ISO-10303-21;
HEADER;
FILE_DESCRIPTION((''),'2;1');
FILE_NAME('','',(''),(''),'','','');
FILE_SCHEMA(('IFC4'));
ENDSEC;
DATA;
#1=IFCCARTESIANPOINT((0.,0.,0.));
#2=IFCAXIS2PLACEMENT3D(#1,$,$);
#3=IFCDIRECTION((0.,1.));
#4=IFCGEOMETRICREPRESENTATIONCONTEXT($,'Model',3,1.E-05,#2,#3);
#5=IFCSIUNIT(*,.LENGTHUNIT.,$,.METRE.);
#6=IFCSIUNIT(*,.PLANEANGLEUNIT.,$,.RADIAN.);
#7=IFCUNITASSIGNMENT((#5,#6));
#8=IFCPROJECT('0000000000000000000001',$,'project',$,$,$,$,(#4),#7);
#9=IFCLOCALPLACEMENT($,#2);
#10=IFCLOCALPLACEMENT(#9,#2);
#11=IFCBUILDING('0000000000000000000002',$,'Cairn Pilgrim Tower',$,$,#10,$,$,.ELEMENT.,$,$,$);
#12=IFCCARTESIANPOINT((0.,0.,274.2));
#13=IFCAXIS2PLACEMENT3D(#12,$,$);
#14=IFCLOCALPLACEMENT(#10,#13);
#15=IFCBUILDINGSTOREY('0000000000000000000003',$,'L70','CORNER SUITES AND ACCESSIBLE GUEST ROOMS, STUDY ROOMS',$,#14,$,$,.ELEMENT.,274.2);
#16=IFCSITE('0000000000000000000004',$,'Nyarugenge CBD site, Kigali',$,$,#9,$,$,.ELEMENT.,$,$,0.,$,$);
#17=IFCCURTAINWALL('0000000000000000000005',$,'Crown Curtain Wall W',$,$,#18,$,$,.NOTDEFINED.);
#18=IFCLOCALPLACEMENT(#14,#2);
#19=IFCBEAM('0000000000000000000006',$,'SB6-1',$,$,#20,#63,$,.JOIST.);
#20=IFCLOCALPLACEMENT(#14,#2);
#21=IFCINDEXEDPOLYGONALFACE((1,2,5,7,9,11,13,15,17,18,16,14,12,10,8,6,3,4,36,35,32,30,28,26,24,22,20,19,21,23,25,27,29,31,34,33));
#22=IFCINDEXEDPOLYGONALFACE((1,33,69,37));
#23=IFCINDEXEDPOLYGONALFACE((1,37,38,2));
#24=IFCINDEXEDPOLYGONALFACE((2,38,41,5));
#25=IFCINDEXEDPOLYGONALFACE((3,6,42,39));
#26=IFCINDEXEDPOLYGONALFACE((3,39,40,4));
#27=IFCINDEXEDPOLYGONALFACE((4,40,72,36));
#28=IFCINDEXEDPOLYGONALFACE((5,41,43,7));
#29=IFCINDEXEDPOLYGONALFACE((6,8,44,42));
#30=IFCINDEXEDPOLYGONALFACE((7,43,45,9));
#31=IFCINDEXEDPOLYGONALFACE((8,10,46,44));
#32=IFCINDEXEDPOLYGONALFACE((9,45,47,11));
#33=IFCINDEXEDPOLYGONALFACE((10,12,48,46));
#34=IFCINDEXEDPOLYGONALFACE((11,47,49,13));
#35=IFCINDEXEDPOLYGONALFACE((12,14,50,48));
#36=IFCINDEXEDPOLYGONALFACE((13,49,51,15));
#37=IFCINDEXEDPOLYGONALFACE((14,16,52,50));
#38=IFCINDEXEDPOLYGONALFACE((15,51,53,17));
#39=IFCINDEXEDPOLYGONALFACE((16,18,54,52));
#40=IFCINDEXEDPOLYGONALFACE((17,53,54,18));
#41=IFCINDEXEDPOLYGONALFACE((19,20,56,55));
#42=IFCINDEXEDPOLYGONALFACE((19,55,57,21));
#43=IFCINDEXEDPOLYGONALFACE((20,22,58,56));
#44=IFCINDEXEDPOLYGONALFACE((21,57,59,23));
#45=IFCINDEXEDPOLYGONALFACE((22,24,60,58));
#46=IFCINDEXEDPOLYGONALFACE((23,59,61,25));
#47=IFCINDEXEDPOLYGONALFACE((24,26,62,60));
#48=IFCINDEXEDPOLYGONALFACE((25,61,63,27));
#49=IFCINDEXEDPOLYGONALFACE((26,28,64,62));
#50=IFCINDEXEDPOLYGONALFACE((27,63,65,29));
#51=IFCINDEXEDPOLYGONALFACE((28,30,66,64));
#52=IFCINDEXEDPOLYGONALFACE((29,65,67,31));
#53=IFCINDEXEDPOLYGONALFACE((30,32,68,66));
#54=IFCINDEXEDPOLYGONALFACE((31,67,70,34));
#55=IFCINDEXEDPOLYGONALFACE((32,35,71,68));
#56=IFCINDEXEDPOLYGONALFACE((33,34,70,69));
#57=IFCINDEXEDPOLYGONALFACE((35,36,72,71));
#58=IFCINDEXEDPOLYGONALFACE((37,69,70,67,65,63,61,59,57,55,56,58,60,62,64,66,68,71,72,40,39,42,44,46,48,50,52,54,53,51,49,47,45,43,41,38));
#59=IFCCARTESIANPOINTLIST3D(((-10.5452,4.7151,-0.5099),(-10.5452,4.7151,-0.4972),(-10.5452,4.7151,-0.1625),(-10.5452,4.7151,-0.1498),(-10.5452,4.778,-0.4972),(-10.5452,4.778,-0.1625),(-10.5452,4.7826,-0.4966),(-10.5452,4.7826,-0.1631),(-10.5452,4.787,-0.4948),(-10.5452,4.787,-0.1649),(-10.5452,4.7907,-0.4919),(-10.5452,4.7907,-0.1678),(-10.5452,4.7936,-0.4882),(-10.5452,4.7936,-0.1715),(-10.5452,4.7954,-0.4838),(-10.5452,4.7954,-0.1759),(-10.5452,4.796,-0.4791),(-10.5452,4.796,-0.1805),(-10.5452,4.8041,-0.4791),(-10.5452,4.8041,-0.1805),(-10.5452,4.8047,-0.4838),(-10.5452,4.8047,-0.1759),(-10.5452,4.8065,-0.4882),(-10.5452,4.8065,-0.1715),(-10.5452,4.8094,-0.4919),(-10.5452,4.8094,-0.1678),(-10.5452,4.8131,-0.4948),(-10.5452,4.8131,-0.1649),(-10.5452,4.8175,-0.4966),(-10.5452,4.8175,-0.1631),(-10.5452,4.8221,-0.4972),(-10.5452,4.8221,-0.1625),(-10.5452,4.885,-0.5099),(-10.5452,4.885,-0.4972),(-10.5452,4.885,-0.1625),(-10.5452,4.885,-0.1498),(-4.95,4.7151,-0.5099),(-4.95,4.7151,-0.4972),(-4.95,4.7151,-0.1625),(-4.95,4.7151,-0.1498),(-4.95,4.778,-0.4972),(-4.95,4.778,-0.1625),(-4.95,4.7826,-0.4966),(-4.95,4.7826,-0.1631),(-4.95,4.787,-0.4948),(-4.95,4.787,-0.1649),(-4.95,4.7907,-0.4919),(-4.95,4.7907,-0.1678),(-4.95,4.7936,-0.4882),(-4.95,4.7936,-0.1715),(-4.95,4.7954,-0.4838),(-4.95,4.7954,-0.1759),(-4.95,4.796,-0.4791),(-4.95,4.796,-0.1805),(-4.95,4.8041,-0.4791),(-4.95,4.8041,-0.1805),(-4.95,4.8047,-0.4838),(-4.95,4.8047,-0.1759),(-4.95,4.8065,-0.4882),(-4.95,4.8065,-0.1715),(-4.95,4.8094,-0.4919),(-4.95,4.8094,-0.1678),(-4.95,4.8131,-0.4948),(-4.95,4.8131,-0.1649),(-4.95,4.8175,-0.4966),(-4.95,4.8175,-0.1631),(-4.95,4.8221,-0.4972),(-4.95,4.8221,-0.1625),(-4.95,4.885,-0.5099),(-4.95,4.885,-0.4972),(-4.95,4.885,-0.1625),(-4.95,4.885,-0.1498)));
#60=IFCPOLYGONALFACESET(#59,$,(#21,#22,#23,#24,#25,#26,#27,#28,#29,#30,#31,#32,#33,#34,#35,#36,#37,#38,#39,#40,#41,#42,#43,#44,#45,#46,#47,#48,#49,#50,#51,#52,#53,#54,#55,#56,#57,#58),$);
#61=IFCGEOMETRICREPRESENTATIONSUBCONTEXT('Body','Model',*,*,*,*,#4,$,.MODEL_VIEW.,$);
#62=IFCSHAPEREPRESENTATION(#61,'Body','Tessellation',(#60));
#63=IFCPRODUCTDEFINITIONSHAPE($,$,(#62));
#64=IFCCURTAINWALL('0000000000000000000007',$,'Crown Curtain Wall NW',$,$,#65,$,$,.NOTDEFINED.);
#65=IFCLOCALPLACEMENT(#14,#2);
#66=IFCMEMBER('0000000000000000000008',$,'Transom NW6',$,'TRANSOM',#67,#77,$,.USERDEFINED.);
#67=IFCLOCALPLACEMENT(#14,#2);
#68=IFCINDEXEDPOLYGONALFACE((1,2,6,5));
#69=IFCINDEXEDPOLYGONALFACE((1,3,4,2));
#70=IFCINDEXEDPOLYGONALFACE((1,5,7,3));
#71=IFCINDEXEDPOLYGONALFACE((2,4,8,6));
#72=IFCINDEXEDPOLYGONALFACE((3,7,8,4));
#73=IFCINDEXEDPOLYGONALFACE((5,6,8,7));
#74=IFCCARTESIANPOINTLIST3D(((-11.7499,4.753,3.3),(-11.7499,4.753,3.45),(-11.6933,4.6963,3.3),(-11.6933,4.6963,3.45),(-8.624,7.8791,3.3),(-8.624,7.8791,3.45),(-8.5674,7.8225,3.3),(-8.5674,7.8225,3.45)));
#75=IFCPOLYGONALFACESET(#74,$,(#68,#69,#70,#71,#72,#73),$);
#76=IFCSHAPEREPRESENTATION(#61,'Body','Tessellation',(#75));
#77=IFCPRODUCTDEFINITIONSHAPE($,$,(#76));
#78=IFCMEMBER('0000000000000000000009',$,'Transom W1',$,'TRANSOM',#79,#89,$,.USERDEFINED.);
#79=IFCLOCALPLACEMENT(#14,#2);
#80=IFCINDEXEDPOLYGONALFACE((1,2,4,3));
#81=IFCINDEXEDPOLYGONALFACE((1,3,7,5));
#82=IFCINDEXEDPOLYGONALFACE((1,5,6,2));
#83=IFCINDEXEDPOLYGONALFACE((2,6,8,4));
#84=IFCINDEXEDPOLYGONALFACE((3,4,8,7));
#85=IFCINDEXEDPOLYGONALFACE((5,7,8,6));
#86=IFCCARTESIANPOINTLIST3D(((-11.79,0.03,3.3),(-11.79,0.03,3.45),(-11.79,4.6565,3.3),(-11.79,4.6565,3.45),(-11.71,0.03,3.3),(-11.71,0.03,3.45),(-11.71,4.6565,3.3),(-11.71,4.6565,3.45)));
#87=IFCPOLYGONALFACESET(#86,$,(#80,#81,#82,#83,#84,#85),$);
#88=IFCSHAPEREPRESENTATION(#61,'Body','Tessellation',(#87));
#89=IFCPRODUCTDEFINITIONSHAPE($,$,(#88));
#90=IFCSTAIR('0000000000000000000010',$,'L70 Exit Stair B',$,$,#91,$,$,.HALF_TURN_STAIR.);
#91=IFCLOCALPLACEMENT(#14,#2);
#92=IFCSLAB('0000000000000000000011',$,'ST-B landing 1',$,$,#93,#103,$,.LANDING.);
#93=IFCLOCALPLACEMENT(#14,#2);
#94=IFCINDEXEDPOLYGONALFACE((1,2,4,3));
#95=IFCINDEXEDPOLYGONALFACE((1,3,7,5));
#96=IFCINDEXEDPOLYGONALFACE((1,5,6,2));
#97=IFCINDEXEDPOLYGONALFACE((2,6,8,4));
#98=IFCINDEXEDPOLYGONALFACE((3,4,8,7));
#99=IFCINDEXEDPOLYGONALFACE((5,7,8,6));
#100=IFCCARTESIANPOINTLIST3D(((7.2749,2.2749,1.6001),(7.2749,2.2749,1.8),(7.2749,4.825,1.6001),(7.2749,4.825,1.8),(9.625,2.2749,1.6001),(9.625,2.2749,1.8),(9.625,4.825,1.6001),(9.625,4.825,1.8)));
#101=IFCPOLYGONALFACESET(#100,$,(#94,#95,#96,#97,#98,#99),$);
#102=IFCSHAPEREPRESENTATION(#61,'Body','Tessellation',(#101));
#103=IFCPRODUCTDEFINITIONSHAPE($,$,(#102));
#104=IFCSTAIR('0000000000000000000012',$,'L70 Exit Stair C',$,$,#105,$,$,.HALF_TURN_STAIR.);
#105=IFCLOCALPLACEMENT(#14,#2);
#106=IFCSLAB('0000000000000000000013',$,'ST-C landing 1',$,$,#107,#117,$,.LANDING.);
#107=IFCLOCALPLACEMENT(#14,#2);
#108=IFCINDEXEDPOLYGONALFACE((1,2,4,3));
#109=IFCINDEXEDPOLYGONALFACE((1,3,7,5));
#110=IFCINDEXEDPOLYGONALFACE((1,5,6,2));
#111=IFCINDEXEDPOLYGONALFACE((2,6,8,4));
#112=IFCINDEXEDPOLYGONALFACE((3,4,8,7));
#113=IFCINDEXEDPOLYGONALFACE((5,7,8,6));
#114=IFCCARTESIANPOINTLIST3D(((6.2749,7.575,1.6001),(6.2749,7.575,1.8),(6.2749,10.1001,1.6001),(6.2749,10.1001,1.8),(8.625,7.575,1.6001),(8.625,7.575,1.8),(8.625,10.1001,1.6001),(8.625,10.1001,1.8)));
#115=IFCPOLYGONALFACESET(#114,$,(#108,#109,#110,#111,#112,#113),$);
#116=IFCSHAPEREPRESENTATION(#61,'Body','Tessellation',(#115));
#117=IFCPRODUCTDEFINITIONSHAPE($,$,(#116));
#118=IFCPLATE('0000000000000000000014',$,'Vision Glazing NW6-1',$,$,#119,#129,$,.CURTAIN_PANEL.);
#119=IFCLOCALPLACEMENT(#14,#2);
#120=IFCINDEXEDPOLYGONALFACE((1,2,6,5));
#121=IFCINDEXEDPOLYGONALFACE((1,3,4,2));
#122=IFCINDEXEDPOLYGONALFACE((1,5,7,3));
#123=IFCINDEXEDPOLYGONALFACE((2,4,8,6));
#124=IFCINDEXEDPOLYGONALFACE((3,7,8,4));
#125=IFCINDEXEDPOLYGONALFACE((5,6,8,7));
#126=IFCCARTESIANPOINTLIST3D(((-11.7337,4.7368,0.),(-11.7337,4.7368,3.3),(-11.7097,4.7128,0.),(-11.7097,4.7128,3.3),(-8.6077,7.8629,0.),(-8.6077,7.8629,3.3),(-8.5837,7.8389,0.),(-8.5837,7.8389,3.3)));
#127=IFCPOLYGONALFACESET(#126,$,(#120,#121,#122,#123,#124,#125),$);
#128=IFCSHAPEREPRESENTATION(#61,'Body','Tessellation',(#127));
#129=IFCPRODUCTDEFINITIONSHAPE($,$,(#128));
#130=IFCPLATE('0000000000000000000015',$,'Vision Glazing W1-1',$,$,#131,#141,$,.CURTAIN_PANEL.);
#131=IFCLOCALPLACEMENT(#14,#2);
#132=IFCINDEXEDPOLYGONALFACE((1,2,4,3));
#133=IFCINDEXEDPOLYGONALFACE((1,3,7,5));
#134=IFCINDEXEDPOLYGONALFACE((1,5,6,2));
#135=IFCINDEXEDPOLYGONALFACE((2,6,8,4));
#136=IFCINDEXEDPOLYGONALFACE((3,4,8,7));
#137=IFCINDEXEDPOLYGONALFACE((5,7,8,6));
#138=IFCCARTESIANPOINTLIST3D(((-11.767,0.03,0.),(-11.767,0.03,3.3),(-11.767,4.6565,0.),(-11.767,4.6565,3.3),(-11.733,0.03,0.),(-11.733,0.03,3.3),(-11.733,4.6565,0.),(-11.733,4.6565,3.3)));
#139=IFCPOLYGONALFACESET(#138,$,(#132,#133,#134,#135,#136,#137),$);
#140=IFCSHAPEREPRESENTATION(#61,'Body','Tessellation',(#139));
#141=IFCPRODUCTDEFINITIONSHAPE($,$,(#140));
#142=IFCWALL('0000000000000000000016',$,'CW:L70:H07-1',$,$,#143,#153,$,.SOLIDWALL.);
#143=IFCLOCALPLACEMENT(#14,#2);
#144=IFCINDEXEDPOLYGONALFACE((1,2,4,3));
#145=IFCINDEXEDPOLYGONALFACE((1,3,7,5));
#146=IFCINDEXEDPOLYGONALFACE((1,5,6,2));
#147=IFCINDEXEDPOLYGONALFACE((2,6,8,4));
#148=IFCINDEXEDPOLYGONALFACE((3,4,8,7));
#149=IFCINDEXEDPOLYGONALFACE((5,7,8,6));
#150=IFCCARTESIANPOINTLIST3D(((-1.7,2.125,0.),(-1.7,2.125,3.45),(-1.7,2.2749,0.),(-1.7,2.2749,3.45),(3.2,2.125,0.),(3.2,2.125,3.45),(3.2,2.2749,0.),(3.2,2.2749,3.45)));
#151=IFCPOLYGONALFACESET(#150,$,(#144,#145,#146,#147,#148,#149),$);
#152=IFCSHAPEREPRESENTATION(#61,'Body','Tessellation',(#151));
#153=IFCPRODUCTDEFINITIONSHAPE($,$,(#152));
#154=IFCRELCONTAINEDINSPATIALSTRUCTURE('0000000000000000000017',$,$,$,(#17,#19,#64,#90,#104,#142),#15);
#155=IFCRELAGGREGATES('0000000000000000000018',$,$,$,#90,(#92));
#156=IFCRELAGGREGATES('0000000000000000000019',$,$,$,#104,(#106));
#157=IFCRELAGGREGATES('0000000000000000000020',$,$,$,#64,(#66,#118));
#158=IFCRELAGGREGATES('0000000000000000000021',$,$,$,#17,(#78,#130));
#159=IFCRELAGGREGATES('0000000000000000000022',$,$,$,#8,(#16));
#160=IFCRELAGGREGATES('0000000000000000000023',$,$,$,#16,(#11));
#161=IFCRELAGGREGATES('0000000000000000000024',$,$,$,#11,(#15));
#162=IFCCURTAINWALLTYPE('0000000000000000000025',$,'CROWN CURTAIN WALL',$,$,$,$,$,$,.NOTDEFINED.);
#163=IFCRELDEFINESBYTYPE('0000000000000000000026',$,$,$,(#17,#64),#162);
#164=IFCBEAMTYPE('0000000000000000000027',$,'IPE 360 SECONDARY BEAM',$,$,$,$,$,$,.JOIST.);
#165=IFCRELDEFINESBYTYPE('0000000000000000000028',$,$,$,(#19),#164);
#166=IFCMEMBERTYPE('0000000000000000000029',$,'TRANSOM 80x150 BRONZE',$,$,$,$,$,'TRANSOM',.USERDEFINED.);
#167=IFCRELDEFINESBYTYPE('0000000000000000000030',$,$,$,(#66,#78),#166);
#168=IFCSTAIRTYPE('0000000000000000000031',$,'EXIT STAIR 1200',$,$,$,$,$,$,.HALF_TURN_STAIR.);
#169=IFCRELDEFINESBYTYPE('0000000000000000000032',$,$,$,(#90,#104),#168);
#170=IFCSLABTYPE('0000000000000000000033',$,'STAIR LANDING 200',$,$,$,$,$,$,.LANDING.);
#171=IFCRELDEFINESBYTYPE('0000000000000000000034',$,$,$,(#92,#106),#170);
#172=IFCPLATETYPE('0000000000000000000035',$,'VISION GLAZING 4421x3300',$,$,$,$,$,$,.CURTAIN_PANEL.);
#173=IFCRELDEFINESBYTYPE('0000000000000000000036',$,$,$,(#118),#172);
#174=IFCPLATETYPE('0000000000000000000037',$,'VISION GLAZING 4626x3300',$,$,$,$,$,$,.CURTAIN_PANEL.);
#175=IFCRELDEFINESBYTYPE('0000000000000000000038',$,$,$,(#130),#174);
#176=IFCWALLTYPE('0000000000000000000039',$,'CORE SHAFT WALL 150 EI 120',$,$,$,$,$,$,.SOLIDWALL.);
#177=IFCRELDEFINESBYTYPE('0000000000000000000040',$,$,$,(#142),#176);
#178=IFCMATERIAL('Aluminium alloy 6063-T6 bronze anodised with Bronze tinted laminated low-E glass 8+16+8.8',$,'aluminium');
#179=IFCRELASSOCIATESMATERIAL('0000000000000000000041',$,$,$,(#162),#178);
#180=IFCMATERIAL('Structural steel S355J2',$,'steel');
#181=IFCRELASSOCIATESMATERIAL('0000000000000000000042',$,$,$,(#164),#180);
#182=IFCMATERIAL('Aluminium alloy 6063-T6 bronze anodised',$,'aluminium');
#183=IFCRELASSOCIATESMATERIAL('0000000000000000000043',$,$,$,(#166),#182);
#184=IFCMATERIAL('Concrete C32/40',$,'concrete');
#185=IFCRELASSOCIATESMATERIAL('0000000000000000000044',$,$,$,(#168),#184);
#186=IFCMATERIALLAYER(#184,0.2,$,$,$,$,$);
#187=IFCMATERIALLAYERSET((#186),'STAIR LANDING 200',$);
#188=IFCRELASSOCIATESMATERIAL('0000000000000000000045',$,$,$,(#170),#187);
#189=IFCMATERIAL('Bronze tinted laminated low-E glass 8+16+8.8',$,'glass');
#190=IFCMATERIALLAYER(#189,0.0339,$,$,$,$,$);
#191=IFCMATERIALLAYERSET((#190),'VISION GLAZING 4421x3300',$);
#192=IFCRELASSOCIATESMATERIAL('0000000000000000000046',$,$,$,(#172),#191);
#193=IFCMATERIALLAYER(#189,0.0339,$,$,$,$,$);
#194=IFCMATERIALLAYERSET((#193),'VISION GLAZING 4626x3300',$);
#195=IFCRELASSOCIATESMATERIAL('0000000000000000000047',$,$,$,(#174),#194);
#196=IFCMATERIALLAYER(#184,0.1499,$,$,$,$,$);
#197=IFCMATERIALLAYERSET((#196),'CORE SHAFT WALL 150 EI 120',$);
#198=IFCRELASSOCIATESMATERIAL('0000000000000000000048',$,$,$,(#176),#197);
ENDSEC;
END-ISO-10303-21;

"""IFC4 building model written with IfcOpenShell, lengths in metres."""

from ifc_helpers import new_model, si_unit, direction, frame, frame_2d, origin, origin_2d, place, context, subcontext, project, spatial, polyline, rectangle, i_section, outline, extrude, material, layer, layer_set, material_profile, profile_set, type_object, element, aggregate, save


model = new_model("IFC4")

# Units and contexts
model_context = context("Model", 3, precision=1e-05, world=origin(), true_north=direction((0.0, 1.0)))
body_context = subcontext(model_context, "Body", "Model", "MODEL_VIEW")
ifc_project = project(units=[si_unit("LENGTHUNIT", "METRE"), si_unit("PLANEANGLEUNIT", "RADIAN")], contexts=[model_context])

# Site, building, storey
site_placement = place(None, origin())
site = spatial("IfcSite", under=ifc_project, at=site_placement, Name="Nyarugenge CBD site, Kigali", CompositionType="ELEMENT", RefElevation=0.0)
building_placement = place(site_placement, origin())
building = spatial("IfcBuilding", under=site, at=building_placement, Name="Cairn Pilgrim Tower", CompositionType="ELEMENT")
storey_placement = place(building_placement, frame((0.0, 0.0, 274.2)))
storey = spatial("IfcBuildingStorey", under=building, at=storey_placement, Name="L70", Description="CORNER SUITES AND ACCESSIBLE GUEST ROOMS, STUDY ROOMS", CompositionType="ELEMENT", Elevation=274.2)

# Shared definitions
ifc_material_1 = material(Name="Structural steel S355J2", Category="steel")

# Curtain wall
ifc_material_2 = material(Name="Aluminium alloy 6063-T6 bronze anodised with Bronze tinted laminated low-E glass 8+16+8.8", Category="aluminium")
curtain_wall_type = type_object("IfcCurtainWallType", Name="CROWN CURTAIN WALL", PredefinedType="NOTDEFINED", material=ifc_material_2)
curtain_wall_1_placement = place(storey_placement, origin())
curtain_wall_1 = element("IfcCurtainWall", 1, at=curtain_wall_1_placement, inside=storey, type_object=curtain_wall_type, Name="Crown Curtain Wall W", PredefinedType="NOTDEFINED")
ifc_material_3 = material(Name="Aluminium alloy 6063-T6 bronze anodised", Category="aluminium")

# Beam
ifc_material_profile_1 = material_profile(ifc_material_1, i_section(OverallWidth=0.1699, OverallDepth=0.3601, WebThickness=0.0081, FlangeThickness=0.0127, FilletRadius=0.0181, at=origin_2d()), Name="IPE 360")
ifc_profile_set_1 = profile_set([ifc_material_profile_1], Name="Structural steel S355J2")
beam_type_1 = type_object("IfcBeamType", Name="IPE 360 SECONDARY BEAM", PredefinedType="JOIST", material=ifc_profile_set_1)
beam_1_placement = place(storey_placement, frame((-10.5452, 4.8, -0.3298), z_axis=(1.0, 0.0, 0.0), x_axis=(0.0, 1.0, 0.0)))
element("IfcBeam", 2, at=beam_1_placement, inside=storey, type_object=beam_type_1, Name="SB6-1", PredefinedType="JOIST", context=body_context, shape_type="SweptSolid", body=[
    extrude(i_section(OverallWidth=0.1699, OverallDepth=0.3601, WebThickness=0.0081, FlangeThickness=0.0127, FilletRadius=0.0181, at=origin_2d()), origin(), (0.0, 0.0, 1.0), 5.5952),
])

# Curtain wall, member
curtain_wall_2_placement = place(storey_placement, origin())
curtain_wall_2 = element("IfcCurtainWall", 3, at=curtain_wall_2_placement, inside=storey, type_object=curtain_wall_type, Name="Crown Curtain Wall NW", PredefinedType="NOTDEFINED")
ifc_material_profile_2 = material_profile(ifc_material_3, rectangle(XDim=0.0801, YDim=0.1499, at=origin_2d()), Name="TRANSOM 80x150 BRONZE")
ifc_profile_set_2 = profile_set([ifc_material_profile_2], Name="Aluminium alloy 6063-T6 bronze anodised")
member_type_1 = type_object("IfcMemberType", Name="TRANSOM 80x150 BRONZE", ElementType="TRANSOM", PredefinedType="USERDEFINED", material=ifc_profile_set_2)
member_1_placement = place(storey_placement, frame((-8.5957, 7.8508, 3.375), z_axis=(-0.707079, -0.707134, 0.0), x_axis=(0.707134, -0.707079, 0.0)))
member_1 = element("IfcMember", 4, at=member_1_placement, type_object=member_type_1, Name="Transom NW6", ObjectType="TRANSOM", PredefinedType="USERDEFINED", context=body_context, shape_type="SweptSolid", body=[
    extrude(rectangle(XDim=0.0801, YDim=0.1499, at=origin_2d()), origin(), (0.0, 0.0, 1.0), 4.4209),
])

# Member
member_2_placement = place(storey_placement, frame((-11.75, 4.6565, 3.375), z_axis=(0.0, -1.0, 0.0), x_axis=(1.0, 0.0, 0.0)))
member_2 = element("IfcMember", 5, at=member_2_placement, type_object=member_type_1, Name="Transom W1", ObjectType="TRANSOM", PredefinedType="USERDEFINED", context=body_context, shape_type="SweptSolid", body=[
    extrude(rectangle(XDim=0.0801, YDim=0.1499, at=origin_2d()), origin(), (0.0, 0.0, 1.0), 4.6265),
])

# Stairs, slabs
ifc_material_4 = material(Name="Concrete C32/40", Category="concrete")
stair_type = type_object("IfcStairType", Name="EXIT STAIR 1200", PredefinedType="HALF_TURN_STAIR", material=ifc_material_4)
stair_1_placement = place(storey_placement, origin())
stair_1 = element("IfcStair", 6, at=stair_1_placement, inside=storey, type_object=stair_type, Name="L70 Exit Stair B", PredefinedType="HALF_TURN_STAIR")
ifc_layer_1 = layer(ifc_material_4, 0.2)
ifc_layer_set_1 = layer_set([ifc_layer_1], Name="STAIR LANDING 200")
slab_type = type_object("IfcSlabType", Name="STAIR LANDING 200", PredefinedType="LANDING", material=ifc_layer_set_1)
slab_1_placement = place(storey_placement, frame((0.0, 0.0, 1.6001)))
slab_1 = element("IfcSlab", 7, at=slab_1_placement, type_object=slab_type, Name="ST-B landing 1", PredefinedType="LANDING", context=body_context, shape_type="SweptSolid", body=[
    extrude(outline(polyline([(7.2749, 2.2749), (9.625, 2.2749), (9.625, 4.825), (7.2749, 4.825), (7.2749, 2.2749)])), origin(), (0.0, 0.0, 1.0), 0.2),
])
aggregate(stair_1, [slab_1])
stair_2_placement = place(storey_placement, origin())
stair_2 = element("IfcStair", 8, at=stair_2_placement, inside=storey, type_object=stair_type, Name="L70 Exit Stair C", PredefinedType="HALF_TURN_STAIR")
slab_2_placement = place(storey_placement, frame((0.0, 0.0, 1.6001)))
slab_2 = element("IfcSlab", 9, at=slab_2_placement, type_object=slab_type, Name="ST-C landing 1", PredefinedType="LANDING", context=body_context, shape_type="SweptSolid", body=[
    extrude(outline(polyline([(8.625, 10.1001), (6.2749, 10.1001), (6.2749, 7.575), (8.625, 7.575), (8.625, 10.1001)])), origin(), (0.0, 0.0, 1.0), 0.2),
])
aggregate(stair_2, [slab_2])

# Plates
ifc_material_5 = material(Name="Bronze tinted laminated low-E glass 8+16+8.8", Category="glass")
ifc_layer_2 = layer(ifc_material_5, 0.0339)
ifc_layer_set_2 = layer_set([ifc_layer_2], Name="VISION GLAZING 4421x3300")
plate_type_1 = type_object("IfcPlateType", Name="VISION GLAZING 4421x3300", PredefinedType="CURTAIN_PANEL", material=ifc_layer_set_2)
plate_1_placement = place(storey_placement, frame((-10.1587, 6.2878, 0.0), z_axis=(0.0, 0.0, 1.0), x_axis=(-0.707107, -0.707107, 0.0)))
plate_1 = element("IfcPlate", 10, at=plate_1_placement, type_object=plate_type_1, Name="Vision Glazing NW6-1", PredefinedType="CURTAIN_PANEL", context=body_context, shape_type="SweptSolid", body=[
    extrude(rectangle(XDim=4.4209, YDim=0.0339, at=origin_2d()), origin(), (0.0, 0.0, 1.0), 3.3),
])
aggregate(curtain_wall_2, [member_1, plate_1])
ifc_layer_3 = layer(ifc_material_5, 0.0339)
ifc_layer_set_3 = layer_set([ifc_layer_3], Name="VISION GLAZING 4626x3300")
plate_type_2 = type_object("IfcPlateType", Name="VISION GLAZING 4626x3300", PredefinedType="CURTAIN_PANEL", material=ifc_layer_set_3)
plate_2_placement = place(storey_placement, frame((-11.75, 2.3433, 0.0), z_axis=(0.0, 0.0, 1.0), x_axis=(0.0, -1.0, 0.0)))
plate_2 = element("IfcPlate", 11, at=plate_2_placement, type_object=plate_type_2, Name="Vision Glazing W1-1", PredefinedType="CURTAIN_PANEL", context=body_context, shape_type="SweptSolid", body=[
    extrude(rectangle(XDim=4.6265, YDim=0.0339, at=origin_2d()), origin(), (0.0, 0.0, 1.0), 3.3),
])
aggregate(curtain_wall_1, [member_2, plate_2])

# Wall
ifc_layer_4 = layer(ifc_material_4, 0.1499)
ifc_layer_set_4 = layer_set([ifc_layer_4], Name="CORE SHAFT WALL 150 EI 120")
wall_type_1 = type_object("IfcWallType", Name="CORE SHAFT WALL 150 EI 120", PredefinedType="SOLIDWALL", material=ifc_layer_set_4)
wall_1_placement = place(storey_placement, frame((-1.7, 2.2, 0.0), z_axis=(0.0, 0.0, 1.0), x_axis=(1.0, 0.0, 0.0)))
element("IfcWall", 12, at=wall_1_placement, inside=storey, type_object=wall_type_1, Name="CW:L70:H07-1", PredefinedType="SOLIDWALL", context=body_context, shape_type="SweptSolid", body=[
    extrude(rectangle(XDim=4.8999, YDim=0.1499, at=frame_2d((2.45, 0.0))), origin(), (0.0, 0.0, 1.0), 3.45),
])

save(model, "model.ifc")
